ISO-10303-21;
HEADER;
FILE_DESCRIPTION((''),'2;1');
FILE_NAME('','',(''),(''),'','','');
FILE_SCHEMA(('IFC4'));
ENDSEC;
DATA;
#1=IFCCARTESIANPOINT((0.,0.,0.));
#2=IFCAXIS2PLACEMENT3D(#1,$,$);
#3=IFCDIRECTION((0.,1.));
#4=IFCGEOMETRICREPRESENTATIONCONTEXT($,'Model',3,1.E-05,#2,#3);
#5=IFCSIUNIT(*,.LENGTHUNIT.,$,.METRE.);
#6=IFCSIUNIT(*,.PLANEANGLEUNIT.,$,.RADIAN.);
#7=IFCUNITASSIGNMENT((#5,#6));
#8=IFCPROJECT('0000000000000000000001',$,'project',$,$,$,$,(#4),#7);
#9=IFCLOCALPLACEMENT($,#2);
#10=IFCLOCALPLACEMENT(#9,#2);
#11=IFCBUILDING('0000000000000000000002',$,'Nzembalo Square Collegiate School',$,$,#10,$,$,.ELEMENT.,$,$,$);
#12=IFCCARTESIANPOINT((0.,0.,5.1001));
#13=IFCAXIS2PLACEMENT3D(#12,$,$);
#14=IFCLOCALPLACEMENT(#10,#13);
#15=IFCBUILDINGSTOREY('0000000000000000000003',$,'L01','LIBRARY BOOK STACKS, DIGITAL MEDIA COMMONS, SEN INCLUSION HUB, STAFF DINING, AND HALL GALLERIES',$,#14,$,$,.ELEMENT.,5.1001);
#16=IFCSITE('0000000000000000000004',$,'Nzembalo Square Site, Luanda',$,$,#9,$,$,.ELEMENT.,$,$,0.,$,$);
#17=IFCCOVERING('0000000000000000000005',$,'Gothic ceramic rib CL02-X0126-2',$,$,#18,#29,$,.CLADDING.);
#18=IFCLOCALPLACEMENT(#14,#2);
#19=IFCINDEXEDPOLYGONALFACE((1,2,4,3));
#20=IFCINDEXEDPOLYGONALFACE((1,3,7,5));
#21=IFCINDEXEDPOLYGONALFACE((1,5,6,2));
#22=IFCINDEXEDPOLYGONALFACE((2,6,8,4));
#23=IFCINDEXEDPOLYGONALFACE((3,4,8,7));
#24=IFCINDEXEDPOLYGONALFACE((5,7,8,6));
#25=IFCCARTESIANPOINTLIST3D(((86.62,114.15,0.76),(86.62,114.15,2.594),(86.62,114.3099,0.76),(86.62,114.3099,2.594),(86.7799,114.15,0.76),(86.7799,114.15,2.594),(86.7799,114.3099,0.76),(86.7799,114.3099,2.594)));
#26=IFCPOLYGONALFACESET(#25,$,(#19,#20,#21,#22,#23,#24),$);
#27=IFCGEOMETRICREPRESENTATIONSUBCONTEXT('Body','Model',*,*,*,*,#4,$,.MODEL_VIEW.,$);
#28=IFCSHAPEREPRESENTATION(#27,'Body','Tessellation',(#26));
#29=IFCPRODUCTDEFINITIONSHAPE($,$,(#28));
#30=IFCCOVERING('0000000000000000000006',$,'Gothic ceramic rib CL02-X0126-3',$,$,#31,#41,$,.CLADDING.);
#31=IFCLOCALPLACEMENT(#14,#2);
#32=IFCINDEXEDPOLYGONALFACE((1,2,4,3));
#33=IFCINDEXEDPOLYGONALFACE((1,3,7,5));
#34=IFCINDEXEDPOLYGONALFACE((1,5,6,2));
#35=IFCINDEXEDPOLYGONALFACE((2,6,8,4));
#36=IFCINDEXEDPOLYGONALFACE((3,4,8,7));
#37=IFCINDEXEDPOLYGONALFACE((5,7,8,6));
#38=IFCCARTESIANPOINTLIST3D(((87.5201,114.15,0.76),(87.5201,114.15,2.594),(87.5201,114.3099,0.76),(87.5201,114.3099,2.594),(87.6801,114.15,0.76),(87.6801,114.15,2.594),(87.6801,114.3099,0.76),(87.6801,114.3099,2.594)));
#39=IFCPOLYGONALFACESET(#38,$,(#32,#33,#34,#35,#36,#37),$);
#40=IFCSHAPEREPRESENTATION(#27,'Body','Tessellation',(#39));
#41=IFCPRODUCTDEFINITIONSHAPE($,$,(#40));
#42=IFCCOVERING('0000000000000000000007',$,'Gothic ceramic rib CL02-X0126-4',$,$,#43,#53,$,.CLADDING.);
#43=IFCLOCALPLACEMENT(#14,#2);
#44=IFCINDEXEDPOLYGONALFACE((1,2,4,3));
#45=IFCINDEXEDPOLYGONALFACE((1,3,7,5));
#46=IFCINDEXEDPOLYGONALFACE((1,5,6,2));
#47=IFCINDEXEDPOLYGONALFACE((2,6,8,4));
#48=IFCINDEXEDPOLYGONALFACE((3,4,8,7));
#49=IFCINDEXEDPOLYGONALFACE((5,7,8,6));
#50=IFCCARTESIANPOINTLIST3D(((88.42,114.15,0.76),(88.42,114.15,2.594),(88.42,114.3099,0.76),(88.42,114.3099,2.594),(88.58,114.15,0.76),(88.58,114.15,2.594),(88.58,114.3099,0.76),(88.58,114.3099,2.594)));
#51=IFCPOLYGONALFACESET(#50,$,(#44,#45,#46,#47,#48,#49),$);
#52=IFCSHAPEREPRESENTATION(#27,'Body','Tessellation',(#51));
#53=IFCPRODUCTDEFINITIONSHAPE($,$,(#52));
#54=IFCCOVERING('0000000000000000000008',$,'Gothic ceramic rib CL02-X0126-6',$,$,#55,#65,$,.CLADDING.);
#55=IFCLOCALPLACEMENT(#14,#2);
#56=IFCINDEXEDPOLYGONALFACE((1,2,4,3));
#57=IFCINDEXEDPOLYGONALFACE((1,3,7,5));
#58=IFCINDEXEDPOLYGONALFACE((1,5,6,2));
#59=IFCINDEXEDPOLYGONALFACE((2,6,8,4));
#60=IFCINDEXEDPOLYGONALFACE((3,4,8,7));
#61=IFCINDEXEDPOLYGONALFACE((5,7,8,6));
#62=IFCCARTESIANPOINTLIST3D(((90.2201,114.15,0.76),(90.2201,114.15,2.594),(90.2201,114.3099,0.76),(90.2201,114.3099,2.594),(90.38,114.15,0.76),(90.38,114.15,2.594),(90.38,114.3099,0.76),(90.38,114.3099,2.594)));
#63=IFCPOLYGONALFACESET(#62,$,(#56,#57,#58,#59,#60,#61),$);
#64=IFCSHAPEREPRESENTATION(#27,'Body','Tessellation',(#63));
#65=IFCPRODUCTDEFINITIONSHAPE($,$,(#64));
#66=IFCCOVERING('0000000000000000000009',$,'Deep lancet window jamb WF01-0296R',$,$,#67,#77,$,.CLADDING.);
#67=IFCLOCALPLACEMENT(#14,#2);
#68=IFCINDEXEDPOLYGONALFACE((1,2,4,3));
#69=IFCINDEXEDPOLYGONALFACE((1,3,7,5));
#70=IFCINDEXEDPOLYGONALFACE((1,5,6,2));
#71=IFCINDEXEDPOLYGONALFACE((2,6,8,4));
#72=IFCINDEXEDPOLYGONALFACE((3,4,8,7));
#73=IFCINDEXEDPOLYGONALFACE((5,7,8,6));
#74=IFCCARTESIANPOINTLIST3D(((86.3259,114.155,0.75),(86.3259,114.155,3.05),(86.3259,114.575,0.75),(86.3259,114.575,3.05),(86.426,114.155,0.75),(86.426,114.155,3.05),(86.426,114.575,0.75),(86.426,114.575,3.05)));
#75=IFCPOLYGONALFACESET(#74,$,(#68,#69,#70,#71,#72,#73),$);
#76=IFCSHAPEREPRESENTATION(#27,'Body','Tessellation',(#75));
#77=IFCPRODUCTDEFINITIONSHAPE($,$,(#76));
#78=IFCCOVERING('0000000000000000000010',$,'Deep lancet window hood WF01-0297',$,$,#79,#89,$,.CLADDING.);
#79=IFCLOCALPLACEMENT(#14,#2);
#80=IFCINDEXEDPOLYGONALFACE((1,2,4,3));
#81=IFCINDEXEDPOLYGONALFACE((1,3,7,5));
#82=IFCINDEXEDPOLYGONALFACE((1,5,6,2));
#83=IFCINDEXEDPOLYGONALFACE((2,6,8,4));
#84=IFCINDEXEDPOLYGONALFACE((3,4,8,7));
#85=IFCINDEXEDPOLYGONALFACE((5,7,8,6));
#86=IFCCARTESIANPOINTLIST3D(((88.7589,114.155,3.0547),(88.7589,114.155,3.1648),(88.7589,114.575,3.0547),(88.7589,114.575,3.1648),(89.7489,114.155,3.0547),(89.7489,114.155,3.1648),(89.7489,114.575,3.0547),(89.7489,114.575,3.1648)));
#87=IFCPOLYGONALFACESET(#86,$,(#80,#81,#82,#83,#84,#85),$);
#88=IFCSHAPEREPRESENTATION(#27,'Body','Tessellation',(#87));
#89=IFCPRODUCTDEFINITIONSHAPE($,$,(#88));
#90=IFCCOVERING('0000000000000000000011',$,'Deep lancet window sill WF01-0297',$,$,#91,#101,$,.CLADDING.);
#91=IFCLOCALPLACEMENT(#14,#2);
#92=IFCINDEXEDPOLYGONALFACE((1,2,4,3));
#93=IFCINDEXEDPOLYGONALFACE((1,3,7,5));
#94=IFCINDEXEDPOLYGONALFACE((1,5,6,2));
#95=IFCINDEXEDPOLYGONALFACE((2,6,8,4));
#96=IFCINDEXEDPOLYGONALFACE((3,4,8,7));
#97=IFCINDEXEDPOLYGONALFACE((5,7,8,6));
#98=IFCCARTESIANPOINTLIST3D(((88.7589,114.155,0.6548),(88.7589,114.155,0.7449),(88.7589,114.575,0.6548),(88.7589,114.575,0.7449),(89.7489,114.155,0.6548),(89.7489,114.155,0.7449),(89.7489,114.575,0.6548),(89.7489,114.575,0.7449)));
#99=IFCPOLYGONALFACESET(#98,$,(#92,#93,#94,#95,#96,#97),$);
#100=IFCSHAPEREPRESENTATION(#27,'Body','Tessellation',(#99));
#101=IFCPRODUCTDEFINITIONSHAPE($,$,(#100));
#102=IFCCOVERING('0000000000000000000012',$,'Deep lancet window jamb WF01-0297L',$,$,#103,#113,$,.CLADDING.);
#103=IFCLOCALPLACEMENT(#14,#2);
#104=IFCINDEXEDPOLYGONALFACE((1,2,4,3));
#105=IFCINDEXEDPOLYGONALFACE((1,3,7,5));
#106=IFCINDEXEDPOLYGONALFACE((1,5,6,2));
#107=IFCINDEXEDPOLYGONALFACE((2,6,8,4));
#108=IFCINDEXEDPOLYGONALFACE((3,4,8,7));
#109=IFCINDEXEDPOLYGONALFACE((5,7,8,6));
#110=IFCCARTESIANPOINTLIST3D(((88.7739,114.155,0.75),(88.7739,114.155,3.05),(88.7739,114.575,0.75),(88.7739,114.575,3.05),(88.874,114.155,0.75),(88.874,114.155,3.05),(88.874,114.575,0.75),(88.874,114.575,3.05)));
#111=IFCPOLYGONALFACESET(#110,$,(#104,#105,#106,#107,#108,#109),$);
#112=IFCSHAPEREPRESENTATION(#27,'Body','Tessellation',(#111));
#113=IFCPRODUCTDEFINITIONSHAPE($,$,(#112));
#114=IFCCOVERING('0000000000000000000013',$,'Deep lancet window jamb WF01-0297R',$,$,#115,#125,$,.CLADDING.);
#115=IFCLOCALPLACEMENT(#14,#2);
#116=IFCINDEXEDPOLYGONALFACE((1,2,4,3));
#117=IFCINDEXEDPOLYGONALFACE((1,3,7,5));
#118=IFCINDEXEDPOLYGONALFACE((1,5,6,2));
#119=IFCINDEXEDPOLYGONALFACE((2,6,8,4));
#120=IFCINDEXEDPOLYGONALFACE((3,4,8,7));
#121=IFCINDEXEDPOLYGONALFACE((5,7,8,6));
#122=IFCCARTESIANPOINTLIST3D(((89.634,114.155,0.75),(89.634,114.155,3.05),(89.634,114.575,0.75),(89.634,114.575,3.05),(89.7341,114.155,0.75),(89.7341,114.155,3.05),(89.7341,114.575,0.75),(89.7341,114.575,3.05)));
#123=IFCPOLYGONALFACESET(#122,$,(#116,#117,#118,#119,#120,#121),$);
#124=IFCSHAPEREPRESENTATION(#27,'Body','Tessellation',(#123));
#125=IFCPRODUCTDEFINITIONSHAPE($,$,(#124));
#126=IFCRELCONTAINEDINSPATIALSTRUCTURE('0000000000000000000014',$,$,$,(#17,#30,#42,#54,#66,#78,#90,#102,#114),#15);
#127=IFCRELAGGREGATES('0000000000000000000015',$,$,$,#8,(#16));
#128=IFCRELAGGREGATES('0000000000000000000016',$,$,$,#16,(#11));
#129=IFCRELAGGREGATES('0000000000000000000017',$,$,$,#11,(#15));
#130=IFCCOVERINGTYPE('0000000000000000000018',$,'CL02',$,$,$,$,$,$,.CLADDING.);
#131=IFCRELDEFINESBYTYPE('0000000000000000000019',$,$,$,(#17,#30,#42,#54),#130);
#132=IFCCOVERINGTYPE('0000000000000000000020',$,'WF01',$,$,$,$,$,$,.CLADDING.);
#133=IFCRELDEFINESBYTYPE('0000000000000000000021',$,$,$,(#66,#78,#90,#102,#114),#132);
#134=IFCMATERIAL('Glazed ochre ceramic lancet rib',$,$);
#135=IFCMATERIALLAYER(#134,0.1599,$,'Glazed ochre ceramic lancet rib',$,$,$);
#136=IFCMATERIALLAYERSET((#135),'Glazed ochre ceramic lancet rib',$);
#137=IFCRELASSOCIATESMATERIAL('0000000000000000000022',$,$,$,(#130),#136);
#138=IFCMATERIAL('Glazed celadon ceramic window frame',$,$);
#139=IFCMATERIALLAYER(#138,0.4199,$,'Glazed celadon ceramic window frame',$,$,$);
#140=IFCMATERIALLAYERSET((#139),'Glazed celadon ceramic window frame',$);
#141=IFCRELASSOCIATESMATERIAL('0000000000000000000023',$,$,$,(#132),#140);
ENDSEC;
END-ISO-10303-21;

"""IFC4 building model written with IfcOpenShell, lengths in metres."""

from ifc_helpers import new_model, si_unit, direction, frame, origin, origin_2d, place, context, subcontext, project, spatial, rectangle, extrude, material, layer, layer_set, type_object, element, save


model = new_model("IFC4")

# Units and contexts
model_context = context("Model", 3, precision=1e-05, world=origin(), true_north=direction((0.0, 1.0)))
body_context = subcontext(model_context, "Body", "Model", "MODEL_VIEW")
ifc_project = project(units=[si_unit("LENGTHUNIT", "METRE"), si_unit("PLANEANGLEUNIT", "RADIAN")], contexts=[model_context])

# Site, building, storey
site_placement = place(None, origin())
site = spatial("IfcSite", under=ifc_project, at=site_placement, Name="Nzembalo Square Site, Luanda", CompositionType="ELEMENT", RefElevation=0.0)
building_placement = place(site_placement, origin())
building = spatial("IfcBuilding", under=site, at=building_placement, Name="Nzembalo Square Collegiate School", CompositionType="ELEMENT")
storey_placement = place(building_placement, frame((0.0, 0.0, 5.1001)))
storey = spatial("IfcBuildingStorey", under=building, at=storey_placement, Name="L01", Description="LIBRARY BOOK STACKS, DIGITAL MEDIA COMMONS, SEN INCLUSION HUB, STAFF DINING, AND HALL GALLERIES", CompositionType="ELEMENT", Elevation=5.1001)

# Coverings
ifc_material_1 = material(Name="Glazed ochre ceramic lancet rib")
ifc_layer_1 = layer(ifc_material_1, 0.1599, Name="Glazed ochre ceramic lancet rib")
ifc_layer_set_1 = layer_set([ifc_layer_1], Name="Glazed ochre ceramic lancet rib")
covering_type_1 = type_object("IfcCoveringType", Name="CL02", PredefinedType="CLADDING", material=ifc_layer_set_1)
for number, where, z_axis, x_axis, name in (
    (1, (86.7, 114.23, 0.76), (0.0, 0.0, 1.0), (1.0, 0.0, 0.0), "Gothic ceramic rib CL02-X0126-2"),
    (2, (87.6001, 114.23, 0.76), (0.0, 0.0, 1.0), (1.0, 0.0, 0.0), "Gothic ceramic rib CL02-X0126-3"),
    (3, (88.5, 114.23, 0.76), (0.0, 0.0, 1.0), (1.0, 0.0, 0.0), "Gothic ceramic rib CL02-X0126-4"),
    (4, (90.3, 114.23, 0.76), (0.0, 0.0, 1.0), (1.0, 0.0, 0.0), "Gothic ceramic rib CL02-X0126-6"),
):
    element("IfcCovering", number, at=place(storey_placement, frame(where, z_axis=z_axis, x_axis=x_axis)), inside=storey, type_object=covering_type_1, Name=name, PredefinedType="CLADDING", context=body_context, shape_type="SweptSolid", body=[
        extrude(rectangle(XDim=0.1599, YDim=0.1599, at=origin_2d()), origin(), (0.0, 0.0, 1.0), 1.834),
    ])
ifc_material_2 = material(Name="Glazed celadon ceramic window frame")
ifc_layer_2 = layer(ifc_material_2, 0.4199, Name="Glazed celadon ceramic window frame")
ifc_layer_set_2 = layer_set([ifc_layer_2], Name="Glazed celadon ceramic window frame")
covering_type_2 = type_object("IfcCoveringType", Name="WF01", PredefinedType="CLADDING", material=ifc_layer_set_2)
covering_1_placement = place(storey_placement, frame((86.376, 114.365, 0.75), z_axis=(0.0, 0.0, 1.0), x_axis=(1.0, 0.0, 0.0)))
element("IfcCovering", 5, at=covering_1_placement, inside=storey, type_object=covering_type_2, Name="Deep lancet window jamb WF01-0296R", PredefinedType="CLADDING", context=body_context, shape_type="SweptSolid", body=[
    extrude(rectangle(XDim=0.1001, YDim=0.4199, at=origin_2d()), origin(), (0.0, 0.0, 1.0), 2.3),
])
covering_2_placement = place(storey_placement, frame((89.2539, 114.365, 3.0547), z_axis=(0.0, 0.0, 1.0), x_axis=(1.0, 0.0, 0.0)))
element("IfcCovering", 6, at=covering_2_placement, inside=storey, type_object=covering_type_2, Name="Deep lancet window hood WF01-0297", PredefinedType="CLADDING", context=body_context, shape_type="SweptSolid", body=[
    extrude(rectangle(XDim=0.99, YDim=0.4199, at=origin_2d()), origin(), (0.0, 0.0, 1.0), 0.1101),
])
covering_3_placement = place(storey_placement, frame((89.2539, 114.365, 0.6548), z_axis=(0.0, 0.0, 1.0), x_axis=(1.0, 0.0, 0.0)))
element("IfcCovering", 7, at=covering_3_placement, inside=storey, type_object=covering_type_2, Name="Deep lancet window sill WF01-0297", PredefinedType="CLADDING", context=body_context, shape_type="SweptSolid", body=[
    extrude(rectangle(XDim=0.99, YDim=0.4199, at=origin_2d()), origin(), (0.0, 0.0, 1.0), 0.0901),
])
for number, where, z_axis, x_axis, name in (
    (8, (88.824, 114.365, 0.75), (0.0, 0.0, 1.0), (1.0, 0.0, 0.0), "Deep lancet window jamb WF01-0297L"),
    (9, (89.6841, 114.365, 0.75), (0.0, 0.0, 1.0), (1.0, 0.0, 0.0), "Deep lancet window jamb WF01-0297R"),
):
    element("IfcCovering", number, at=place(storey_placement, frame(where, z_axis=z_axis, x_axis=x_axis)), inside=storey, type_object=covering_type_2, Name=name, PredefinedType="CLADDING", context=body_context, shape_type="SweptSolid", body=[
        extrude(rectangle(XDim=0.1001, YDim=0.4199, at=origin_2d()), origin(), (0.0, 0.0, 1.0), 2.3),
    ])

save(model, "model.ifc")
